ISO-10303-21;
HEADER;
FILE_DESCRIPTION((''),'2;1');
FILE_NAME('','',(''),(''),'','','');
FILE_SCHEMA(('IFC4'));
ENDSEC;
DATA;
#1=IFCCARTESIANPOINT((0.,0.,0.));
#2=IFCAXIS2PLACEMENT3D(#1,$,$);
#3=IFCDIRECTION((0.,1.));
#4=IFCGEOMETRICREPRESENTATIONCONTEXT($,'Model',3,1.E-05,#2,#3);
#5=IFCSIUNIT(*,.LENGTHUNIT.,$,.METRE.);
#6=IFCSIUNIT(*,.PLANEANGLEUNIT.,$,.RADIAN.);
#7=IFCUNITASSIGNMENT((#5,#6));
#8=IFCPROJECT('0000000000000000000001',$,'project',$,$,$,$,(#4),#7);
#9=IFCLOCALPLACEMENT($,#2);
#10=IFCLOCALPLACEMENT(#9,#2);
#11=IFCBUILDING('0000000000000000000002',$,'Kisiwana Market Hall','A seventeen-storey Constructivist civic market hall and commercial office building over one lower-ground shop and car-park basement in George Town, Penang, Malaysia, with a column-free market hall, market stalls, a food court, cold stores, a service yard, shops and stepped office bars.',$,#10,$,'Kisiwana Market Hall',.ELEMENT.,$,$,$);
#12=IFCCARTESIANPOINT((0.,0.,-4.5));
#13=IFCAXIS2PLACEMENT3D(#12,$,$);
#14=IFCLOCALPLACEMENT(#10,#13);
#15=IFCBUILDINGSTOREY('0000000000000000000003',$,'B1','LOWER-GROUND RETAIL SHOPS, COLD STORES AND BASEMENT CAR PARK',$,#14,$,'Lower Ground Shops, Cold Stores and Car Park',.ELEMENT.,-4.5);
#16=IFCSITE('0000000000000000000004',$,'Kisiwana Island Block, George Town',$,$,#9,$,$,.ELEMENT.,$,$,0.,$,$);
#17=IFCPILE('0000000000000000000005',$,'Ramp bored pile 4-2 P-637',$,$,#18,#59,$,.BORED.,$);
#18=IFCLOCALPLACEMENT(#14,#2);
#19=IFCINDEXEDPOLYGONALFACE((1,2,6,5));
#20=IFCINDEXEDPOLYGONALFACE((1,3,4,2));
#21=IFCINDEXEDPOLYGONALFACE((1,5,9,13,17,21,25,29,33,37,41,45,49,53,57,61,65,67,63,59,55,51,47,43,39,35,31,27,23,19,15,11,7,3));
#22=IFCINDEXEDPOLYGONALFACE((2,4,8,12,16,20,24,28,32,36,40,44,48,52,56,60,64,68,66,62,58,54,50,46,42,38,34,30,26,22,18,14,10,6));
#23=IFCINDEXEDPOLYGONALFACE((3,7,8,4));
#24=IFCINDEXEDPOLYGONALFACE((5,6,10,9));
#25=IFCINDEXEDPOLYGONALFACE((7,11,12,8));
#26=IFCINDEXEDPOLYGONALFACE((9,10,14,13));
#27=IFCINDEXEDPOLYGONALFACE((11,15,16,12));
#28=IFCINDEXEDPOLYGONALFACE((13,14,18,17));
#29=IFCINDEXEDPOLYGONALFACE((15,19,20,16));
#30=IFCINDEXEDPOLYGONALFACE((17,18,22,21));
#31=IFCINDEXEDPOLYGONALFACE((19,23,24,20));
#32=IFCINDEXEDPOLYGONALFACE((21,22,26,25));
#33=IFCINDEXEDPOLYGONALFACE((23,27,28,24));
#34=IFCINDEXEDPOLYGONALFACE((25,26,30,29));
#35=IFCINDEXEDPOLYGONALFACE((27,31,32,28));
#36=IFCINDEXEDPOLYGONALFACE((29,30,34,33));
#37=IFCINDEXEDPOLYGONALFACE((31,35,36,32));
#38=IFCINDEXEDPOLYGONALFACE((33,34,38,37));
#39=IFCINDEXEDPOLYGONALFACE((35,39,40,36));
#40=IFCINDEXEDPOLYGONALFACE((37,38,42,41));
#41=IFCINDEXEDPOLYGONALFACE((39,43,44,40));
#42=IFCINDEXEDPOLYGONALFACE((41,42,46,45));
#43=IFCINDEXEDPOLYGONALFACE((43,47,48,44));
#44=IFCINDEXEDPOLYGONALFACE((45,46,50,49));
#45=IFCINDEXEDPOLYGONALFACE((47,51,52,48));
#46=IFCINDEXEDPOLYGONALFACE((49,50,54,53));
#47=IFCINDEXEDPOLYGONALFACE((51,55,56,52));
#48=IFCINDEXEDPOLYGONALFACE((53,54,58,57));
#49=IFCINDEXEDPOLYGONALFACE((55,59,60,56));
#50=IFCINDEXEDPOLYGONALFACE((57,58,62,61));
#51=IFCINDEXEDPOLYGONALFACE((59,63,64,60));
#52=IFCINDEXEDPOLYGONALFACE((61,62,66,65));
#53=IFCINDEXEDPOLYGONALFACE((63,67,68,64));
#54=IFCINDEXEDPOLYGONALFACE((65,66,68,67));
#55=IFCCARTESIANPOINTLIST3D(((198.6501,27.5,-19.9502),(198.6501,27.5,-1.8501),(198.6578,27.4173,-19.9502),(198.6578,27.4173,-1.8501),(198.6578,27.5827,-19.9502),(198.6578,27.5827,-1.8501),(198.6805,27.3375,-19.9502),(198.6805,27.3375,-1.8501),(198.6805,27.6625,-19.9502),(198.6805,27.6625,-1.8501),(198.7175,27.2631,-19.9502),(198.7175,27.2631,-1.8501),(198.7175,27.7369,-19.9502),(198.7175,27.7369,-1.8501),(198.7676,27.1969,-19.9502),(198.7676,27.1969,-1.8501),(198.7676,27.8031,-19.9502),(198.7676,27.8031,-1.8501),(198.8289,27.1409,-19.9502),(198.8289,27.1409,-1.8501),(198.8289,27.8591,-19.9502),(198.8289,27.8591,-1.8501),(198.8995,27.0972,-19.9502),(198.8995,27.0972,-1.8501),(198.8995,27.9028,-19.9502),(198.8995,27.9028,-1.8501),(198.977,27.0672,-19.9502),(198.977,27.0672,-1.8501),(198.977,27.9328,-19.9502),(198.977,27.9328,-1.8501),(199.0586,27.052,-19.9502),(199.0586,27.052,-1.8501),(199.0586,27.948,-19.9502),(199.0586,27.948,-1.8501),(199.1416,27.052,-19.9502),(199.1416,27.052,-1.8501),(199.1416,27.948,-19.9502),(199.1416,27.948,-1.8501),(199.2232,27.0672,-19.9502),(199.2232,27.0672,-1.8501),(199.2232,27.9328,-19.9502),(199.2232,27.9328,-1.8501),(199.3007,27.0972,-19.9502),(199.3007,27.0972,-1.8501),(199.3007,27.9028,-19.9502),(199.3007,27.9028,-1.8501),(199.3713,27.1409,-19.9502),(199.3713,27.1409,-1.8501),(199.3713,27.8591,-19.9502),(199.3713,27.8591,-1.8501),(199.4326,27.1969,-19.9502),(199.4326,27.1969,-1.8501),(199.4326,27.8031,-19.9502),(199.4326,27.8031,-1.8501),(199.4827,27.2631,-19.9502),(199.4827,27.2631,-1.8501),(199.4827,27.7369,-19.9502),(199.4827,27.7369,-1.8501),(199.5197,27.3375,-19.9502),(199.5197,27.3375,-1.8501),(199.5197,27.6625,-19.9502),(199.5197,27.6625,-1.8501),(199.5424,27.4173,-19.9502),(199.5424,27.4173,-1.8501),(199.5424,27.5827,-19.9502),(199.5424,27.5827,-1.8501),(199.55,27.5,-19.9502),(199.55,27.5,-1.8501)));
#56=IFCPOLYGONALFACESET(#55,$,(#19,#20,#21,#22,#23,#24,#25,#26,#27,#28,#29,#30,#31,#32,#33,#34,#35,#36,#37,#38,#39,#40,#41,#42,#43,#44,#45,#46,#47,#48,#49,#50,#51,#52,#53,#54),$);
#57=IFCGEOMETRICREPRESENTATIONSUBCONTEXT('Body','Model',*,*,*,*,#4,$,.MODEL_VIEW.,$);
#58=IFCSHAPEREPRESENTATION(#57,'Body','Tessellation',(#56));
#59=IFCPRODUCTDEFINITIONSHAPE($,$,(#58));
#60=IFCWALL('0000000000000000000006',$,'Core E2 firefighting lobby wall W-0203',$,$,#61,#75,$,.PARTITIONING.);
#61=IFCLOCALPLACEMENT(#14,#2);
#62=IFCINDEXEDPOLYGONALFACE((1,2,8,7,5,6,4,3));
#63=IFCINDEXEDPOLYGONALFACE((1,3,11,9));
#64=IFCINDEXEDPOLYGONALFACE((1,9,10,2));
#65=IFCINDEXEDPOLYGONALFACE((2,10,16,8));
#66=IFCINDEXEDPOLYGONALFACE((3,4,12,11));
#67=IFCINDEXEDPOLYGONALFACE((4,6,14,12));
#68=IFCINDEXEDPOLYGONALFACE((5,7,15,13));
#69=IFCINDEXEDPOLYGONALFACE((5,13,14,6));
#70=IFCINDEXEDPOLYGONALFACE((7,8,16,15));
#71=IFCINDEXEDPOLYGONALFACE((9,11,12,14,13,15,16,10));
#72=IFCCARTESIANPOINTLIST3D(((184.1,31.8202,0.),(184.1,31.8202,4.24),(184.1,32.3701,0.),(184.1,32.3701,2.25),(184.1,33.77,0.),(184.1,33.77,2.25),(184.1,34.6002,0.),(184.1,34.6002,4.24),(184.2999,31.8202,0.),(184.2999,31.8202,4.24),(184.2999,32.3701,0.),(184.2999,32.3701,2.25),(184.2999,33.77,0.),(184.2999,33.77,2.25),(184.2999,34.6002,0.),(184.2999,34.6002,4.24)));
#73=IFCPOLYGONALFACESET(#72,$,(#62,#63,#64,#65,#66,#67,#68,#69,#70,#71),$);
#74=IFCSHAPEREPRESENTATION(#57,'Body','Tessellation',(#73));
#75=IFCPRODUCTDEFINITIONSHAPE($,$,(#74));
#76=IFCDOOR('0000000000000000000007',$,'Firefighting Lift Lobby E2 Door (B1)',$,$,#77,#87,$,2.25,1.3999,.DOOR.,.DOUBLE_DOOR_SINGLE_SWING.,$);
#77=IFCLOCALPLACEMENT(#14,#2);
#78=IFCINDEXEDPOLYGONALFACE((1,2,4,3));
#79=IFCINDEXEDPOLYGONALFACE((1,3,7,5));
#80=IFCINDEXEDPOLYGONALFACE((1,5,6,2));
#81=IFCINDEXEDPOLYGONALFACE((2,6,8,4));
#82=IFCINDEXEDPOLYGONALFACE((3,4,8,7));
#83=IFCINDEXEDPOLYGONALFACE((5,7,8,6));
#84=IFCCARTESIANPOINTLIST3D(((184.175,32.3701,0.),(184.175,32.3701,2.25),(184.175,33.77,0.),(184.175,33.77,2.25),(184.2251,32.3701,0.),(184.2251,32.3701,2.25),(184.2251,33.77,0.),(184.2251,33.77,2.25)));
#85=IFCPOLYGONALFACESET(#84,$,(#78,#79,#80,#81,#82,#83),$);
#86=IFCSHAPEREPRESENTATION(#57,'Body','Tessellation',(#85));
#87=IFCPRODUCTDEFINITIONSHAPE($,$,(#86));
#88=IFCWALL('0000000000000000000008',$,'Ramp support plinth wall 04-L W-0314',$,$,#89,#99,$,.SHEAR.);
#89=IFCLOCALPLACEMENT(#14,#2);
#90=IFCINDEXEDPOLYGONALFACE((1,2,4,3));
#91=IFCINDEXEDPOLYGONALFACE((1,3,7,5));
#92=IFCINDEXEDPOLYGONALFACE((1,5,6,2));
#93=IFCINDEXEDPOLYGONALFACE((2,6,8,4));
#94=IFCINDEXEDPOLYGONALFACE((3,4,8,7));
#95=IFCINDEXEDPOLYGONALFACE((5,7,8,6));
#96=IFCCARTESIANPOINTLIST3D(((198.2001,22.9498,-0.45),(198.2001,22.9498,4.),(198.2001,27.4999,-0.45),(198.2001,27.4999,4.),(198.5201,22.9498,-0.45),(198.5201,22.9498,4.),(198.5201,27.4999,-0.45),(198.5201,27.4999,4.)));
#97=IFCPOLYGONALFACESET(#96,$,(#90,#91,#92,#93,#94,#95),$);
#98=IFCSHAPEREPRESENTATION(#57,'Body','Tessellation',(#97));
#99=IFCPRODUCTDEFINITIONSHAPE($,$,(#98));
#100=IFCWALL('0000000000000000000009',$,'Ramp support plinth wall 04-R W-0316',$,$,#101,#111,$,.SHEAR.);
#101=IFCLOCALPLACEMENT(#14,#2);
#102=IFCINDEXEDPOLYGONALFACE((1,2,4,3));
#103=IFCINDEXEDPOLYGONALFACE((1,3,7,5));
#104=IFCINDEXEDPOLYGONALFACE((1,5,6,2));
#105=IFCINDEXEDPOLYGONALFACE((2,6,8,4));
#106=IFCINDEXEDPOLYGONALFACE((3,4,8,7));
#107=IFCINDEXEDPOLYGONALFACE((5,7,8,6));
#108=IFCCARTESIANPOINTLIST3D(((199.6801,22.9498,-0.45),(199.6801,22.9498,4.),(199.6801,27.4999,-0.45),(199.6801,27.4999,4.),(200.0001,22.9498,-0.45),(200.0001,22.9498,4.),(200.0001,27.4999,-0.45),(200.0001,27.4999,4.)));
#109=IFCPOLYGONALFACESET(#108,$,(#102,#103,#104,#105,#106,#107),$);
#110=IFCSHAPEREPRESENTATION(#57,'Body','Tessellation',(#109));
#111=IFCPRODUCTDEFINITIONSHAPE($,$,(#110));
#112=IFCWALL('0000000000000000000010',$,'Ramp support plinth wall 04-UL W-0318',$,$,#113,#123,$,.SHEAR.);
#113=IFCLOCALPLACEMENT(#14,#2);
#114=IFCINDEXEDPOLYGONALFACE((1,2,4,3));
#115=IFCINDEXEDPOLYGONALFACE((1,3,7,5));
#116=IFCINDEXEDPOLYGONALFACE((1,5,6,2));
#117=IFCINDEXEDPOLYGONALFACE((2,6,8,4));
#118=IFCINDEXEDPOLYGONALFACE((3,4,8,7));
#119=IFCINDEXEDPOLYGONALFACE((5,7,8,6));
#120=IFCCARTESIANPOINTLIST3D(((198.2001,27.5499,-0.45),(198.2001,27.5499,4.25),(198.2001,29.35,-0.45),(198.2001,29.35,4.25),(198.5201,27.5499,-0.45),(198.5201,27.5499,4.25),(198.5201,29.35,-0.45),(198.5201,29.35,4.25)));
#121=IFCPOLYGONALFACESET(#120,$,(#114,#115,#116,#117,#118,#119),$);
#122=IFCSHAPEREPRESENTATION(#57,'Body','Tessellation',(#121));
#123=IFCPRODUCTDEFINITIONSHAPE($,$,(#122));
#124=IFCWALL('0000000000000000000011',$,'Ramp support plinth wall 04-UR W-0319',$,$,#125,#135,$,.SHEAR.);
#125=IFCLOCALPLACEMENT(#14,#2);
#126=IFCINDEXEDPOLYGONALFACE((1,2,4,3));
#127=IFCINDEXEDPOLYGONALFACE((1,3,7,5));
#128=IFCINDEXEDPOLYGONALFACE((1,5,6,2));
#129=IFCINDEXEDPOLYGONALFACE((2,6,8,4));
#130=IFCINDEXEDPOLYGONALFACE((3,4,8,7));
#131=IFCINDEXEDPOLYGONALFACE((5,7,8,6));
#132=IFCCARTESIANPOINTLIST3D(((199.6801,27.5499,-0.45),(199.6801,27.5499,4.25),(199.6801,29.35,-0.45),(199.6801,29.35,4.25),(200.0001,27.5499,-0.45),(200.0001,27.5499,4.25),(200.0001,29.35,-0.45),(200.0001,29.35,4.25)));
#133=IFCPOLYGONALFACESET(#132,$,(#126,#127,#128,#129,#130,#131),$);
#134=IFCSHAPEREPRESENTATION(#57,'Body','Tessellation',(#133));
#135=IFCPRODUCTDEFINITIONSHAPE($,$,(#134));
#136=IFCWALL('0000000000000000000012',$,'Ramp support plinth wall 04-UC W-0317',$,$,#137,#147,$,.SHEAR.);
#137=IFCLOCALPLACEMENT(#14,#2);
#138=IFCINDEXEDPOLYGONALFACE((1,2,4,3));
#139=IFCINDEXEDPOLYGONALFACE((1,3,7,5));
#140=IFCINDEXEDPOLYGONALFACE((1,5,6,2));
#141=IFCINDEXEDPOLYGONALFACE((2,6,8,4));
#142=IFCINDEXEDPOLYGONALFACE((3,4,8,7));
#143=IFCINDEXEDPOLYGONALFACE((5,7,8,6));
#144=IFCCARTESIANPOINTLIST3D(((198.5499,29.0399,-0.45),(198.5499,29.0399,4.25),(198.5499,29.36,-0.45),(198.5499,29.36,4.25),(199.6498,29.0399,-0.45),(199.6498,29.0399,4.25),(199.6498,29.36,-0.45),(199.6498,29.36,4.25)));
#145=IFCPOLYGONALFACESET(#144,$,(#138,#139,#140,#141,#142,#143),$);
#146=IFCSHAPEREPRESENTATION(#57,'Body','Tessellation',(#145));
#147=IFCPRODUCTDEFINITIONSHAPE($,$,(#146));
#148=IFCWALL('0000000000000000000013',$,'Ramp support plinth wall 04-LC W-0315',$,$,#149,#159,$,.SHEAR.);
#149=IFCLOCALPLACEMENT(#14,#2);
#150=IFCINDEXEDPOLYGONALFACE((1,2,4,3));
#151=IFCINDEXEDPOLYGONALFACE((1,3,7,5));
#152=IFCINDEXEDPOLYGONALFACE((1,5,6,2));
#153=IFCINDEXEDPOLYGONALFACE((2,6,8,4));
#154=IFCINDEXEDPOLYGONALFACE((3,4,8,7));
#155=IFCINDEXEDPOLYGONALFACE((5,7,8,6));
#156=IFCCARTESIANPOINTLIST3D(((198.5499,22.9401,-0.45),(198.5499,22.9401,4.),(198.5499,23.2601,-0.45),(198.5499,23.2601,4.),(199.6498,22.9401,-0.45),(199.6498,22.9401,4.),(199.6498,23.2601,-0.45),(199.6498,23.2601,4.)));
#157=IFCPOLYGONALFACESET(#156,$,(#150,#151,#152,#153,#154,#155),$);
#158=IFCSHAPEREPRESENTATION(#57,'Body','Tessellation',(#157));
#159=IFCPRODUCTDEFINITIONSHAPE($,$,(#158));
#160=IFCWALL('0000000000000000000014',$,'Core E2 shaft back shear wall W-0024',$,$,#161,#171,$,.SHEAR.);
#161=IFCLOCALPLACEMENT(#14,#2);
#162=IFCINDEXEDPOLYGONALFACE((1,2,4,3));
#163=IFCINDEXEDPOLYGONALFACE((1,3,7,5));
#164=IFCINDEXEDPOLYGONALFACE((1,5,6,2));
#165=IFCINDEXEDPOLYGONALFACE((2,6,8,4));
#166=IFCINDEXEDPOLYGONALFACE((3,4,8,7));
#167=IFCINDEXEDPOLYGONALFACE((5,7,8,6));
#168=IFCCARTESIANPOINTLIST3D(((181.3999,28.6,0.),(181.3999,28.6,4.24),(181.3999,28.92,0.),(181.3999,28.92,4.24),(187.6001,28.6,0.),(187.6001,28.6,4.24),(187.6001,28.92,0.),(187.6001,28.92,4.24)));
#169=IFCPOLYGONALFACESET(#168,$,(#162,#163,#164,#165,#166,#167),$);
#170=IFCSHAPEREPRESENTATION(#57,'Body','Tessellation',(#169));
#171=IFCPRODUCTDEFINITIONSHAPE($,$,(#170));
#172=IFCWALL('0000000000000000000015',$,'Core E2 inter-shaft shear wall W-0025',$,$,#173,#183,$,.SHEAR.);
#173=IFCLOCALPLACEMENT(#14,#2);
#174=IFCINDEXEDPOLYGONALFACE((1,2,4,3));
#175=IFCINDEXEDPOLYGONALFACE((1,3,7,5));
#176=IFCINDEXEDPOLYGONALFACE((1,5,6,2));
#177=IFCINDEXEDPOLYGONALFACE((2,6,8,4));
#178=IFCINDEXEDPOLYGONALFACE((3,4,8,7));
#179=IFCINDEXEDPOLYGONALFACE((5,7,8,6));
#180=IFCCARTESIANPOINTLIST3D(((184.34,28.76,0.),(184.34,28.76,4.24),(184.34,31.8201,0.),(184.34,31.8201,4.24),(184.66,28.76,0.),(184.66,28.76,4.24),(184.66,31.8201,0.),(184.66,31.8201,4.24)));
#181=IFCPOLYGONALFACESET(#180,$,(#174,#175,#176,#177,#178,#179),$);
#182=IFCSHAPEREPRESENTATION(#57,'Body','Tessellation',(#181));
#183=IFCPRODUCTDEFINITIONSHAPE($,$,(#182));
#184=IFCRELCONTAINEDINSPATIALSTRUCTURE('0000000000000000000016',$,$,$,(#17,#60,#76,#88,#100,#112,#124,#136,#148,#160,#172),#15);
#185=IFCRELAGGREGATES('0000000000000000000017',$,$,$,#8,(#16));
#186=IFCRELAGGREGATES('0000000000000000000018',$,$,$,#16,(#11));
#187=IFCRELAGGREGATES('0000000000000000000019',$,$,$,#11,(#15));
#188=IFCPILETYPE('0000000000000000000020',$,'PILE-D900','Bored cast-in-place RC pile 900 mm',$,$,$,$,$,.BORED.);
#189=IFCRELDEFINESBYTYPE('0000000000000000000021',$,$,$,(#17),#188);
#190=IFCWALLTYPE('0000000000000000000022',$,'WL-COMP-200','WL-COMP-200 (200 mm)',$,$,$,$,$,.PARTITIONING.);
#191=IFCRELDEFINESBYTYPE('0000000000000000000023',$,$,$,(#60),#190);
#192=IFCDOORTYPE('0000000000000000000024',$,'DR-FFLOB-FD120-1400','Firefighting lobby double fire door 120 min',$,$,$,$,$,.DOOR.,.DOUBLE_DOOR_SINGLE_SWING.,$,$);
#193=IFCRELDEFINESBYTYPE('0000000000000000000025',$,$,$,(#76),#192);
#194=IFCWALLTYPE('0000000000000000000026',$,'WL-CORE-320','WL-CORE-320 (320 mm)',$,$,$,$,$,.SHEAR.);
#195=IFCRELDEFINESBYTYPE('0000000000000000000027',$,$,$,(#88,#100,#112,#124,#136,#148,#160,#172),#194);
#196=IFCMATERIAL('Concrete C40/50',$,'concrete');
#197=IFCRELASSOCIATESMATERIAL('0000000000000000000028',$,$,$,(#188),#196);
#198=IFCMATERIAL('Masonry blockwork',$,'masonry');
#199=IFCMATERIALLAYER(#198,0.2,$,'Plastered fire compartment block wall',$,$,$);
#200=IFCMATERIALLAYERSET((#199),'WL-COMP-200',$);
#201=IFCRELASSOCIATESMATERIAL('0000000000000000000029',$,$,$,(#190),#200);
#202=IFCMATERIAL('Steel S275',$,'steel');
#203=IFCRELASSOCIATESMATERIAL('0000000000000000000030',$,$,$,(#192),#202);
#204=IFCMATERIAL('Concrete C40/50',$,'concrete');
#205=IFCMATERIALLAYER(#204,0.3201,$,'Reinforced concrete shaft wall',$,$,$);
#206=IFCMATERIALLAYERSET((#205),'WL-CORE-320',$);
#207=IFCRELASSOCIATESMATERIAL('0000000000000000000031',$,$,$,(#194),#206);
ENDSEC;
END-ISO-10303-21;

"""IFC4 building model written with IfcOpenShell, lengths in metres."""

from ifc_helpers import new_model, si_unit, direction, frame, frame_2d, origin, origin_2d, place, context, subcontext, project, spatial, rectangle, circle, extrude, material, layer, layer_set, material_profile, profile_set, type_object, element, fill, save


model = new_model("IFC4")

# Units and contexts
model_context = context("Model", 3, precision=1e-05, world=origin(), true_north=direction((0.0, 1.0)))
body_context = subcontext(model_context, "Body", "Model", "MODEL_VIEW")
ifc_project = project(units=[si_unit("LENGTHUNIT", "METRE"), si_unit("PLANEANGLEUNIT", "RADIAN")], contexts=[model_context])

# Site, building, storey
site_placement = place(None, origin())
site = spatial("IfcSite", under=ifc_project, at=site_placement, Name="Kisiwana Island Block, George Town", CompositionType="ELEMENT", RefElevation=0.0)
building_placement = place(site_placement, origin())
building = spatial("IfcBuilding", under=site, at=building_placement, Name="Kisiwana Market Hall", Description="A seventeen-storey Constructivist civic market hall and commercial office building over one lower-ground shop and car-park basement in George Town, Penang, Malaysia, with a column-free market hall, market stalls, a food court, cold stores, a service yard, shops and stepped office bars.", LongName="Kisiwana Market Hall", CompositionType="ELEMENT")
storey_placement = place(building_placement, frame((0.0, 0.0, -4.5)))
storey = spatial("IfcBuildingStorey", under=building, at=storey_placement, Name="B1", Description="LOWER-GROUND RETAIL SHOPS, COLD STORES AND BASEMENT CAR PARK", LongName="Lower Ground Shops, Cold Stores and Car Park", CompositionType="ELEMENT", Elevation=-4.5)

# Pile
ifc_material_1 = material(Name="Concrete C40/50", Category="concrete")
ifc_material_profile_1 = material_profile(ifc_material_1, circle(Radius=0.45, at=origin_2d()), Name="BP D900")
ifc_profile_set_1 = profile_set([ifc_material_profile_1], Name="Concrete C40/50")
pile_type_1 = type_object("IfcPileType", Name="PILE-D900", Description="Bored cast-in-place RC pile 900 mm", PredefinedType="BORED", material=ifc_profile_set_1)
for number, where, z_axis, x_axis, name in (
    (1, (199.1001, 27.5, -1.8501), (0.0, 0.0, -1.0), (1.0, 0.0, 0.0), "Ramp bored pile 4-2 P-637"),
):
    element("IfcPile", number, at=place(storey_placement, frame(where, z_axis=z_axis, x_axis=x_axis)), inside=storey, type_object=pile_type_1, Name=name, PredefinedType="BORED", context=body_context, shape_type="SweptSolid", body=[
        extrude(circle(Radius=0.45, at=origin_2d()), origin(), (0.0, 0.0, 1.0), 18.1001),
    ])

# Wall, opening, door
ifc_material_2 = material(Name="Masonry blockwork", Category="masonry")
ifc_layer_1 = layer(ifc_material_2, 0.2, Name="Plastered fire compartment block wall")
ifc_layer_set_1 = layer_set([ifc_layer_1], Name="WL-COMP-200")
wall_type_1 = type_object("IfcWallType", Name="WL-COMP-200", Description="WL-COMP-200 (200 mm)", PredefinedType="PARTITIONING", material=ifc_layer_set_1)
wall_1_placement = place(storey_placement, frame((184.2, 31.8201, 0.0), z_axis=(0.0, 0.0, 1.0), x_axis=(0.0, 1.0, 0.0)))
wall_1 = element("IfcWall", 2, at=wall_1_placement, inside=storey, type_object=wall_type_1, Name="Core E2 firefighting lobby wall W-0203", PredefinedType="PARTITIONING", context=body_context, shape_type="SweptSolid", body=[
    extrude(rectangle(XDim=2.78, YDim=0.2, at=frame_2d((1.3901, 0.0))), origin(), (0.0, 0.0, 1.0), 4.24),
])
opening_1_placement = place(wall_1_placement, frame((0.55, 0.0, 0.0)))
opening_1 = element("IfcOpeningElement", 3, at=opening_1_placement, cuts=wall_1, PredefinedType="OPENING", context=body_context, shape_type="SweptSolid", body=[
    extrude(rectangle(XDim=1.3999, YDim=2.25, at=frame_2d((0.7, 1.125))), frame((0.0, 0.1118, 0.0), z_axis=(0.0, -1.0, 0.0), x_axis=(1.0, 0.0, 0.0)), (0.0, 0.0, 1.0), 0.2239),
])
ifc_material_3 = material(Name="Steel S275", Category="steel")
door_type_1 = type_object("IfcDoorType", Name="DR-FFLOB-FD120-1400", Description="Firefighting lobby double fire door 120 min", OperationType="DOUBLE_DOOR_SINGLE_SWING", PredefinedType="DOOR", material=ifc_material_3)
door_1_placement = place(opening_1_placement, origin())
door_1 = element("IfcDoor", 4, at=door_1_placement, inside=storey, type_object=door_type_1, Name="Firefighting Lift Lobby E2 Door (B1)", OperationType="DOUBLE_DOOR_SINGLE_SWING", OverallHeight=2.25, OverallWidth=1.3999, PredefinedType="DOOR", context=body_context, shape_type="SweptSolid", body=[
    extrude(rectangle(XDim=1.3999, YDim=2.25, at=frame_2d((0.7, 1.125))), frame((0.0, 0.0249, 0.0), z_axis=(0.0, -1.0, 0.0), x_axis=(1.0, 0.0, 0.0)), (0.0, 0.0, 1.0), 0.05),
])
fill(opening_1, door_1)

# Walls
ifc_material_4 = material(Name="Concrete C40/50", Category="concrete")
ifc_layer_2 = layer(ifc_material_4, 0.3201, Name="Reinforced concrete shaft wall")
ifc_layer_set_2 = layer_set([ifc_layer_2], Name="WL-CORE-320")
wall_type_2 = type_object("IfcWallType", Name="WL-CORE-320", Description="WL-CORE-320 (320 mm)", PredefinedType="SHEAR", material=ifc_layer_set_2)
for number, where, z_axis, x_axis, name in (
    (5, (198.3601, 22.95, -0.45), (0.0, 0.0, 1.0), (0.0, 1.0, 0.0), "Ramp support plinth wall 04-L W-0314"),
    (6, (199.8401, 22.95, -0.45), (0.0, 0.0, 1.0), (0.0, 1.0, 0.0), "Ramp support plinth wall 04-R W-0316"),
):
    element("IfcWall", number, at=place(storey_placement, frame(where, z_axis=z_axis, x_axis=x_axis)), inside=storey, type_object=wall_type_2, Name=name, PredefinedType="SHEAR", context=body_context, shape_type="SweptSolid", body=[
        extrude(rectangle(XDim=4.55, YDim=0.3201, at=frame_2d((2.2749, 0.0))), origin(), (0.0, 0.0, 1.0), 4.45),
    ])
for number, where, z_axis, x_axis, name in (
    (7, (198.3601, 27.55, -0.45), (0.0, 0.0, 1.0), (0.0, 1.0, 0.0), "Ramp support plinth wall 04-UL W-0318"),
    (8, (199.8401, 27.55, -0.45), (0.0, 0.0, 1.0), (0.0, 1.0, 0.0), "Ramp support plinth wall 04-UR W-0319"),
):
    element("IfcWall", number, at=place(storey_placement, frame(where, z_axis=z_axis, x_axis=x_axis)), inside=storey, type_object=wall_type_2, Name=name, PredefinedType="SHEAR", context=body_context, shape_type="SweptSolid", body=[
        extrude(rectangle(XDim=1.8, YDim=0.3201, at=frame_2d((0.8999, 0.0))), origin(), (0.0, 0.0, 1.0), 4.7),
    ])
wall_2_placement = place(storey_placement, frame((198.55, 29.2, -0.45), z_axis=(0.0, 0.0, 1.0), x_axis=(1.0, 0.0, 0.0)))
element("IfcWall", 9, at=wall_2_placement, inside=storey, type_object=wall_type_2, Name="Ramp support plinth wall 04-UC W-0317", PredefinedType="SHEAR", context=body_context, shape_type="SweptSolid", body=[
    extrude(rectangle(XDim=1.0999, YDim=0.3201, at=frame_2d((0.5498, 0.0))), origin(), (0.0, 0.0, 1.0), 4.7),
])
wall_3_placement = place(storey_placement, frame((198.55, 23.1001, -0.45), z_axis=(0.0, 0.0, 1.0), x_axis=(1.0, 0.0, 0.0)))
element("IfcWall", 10, at=wall_3_placement, inside=storey, type_object=wall_type_2, Name="Ramp support plinth wall 04-LC W-0315", PredefinedType="SHEAR", context=body_context, shape_type="SweptSolid", body=[
    extrude(rectangle(XDim=1.0999, YDim=0.3201, at=frame_2d((0.5498, 0.0))), origin(), (0.0, 0.0, 1.0), 4.45),
])
wall_4_placement = place(storey_placement, frame((181.3999, 28.76, 0.0), z_axis=(0.0, 0.0, 1.0), x_axis=(1.0, 0.0, 0.0)))
element("IfcWall", 11, at=wall_4_placement, inside=storey, type_object=wall_type_2, Name="Core E2 shaft back shear wall W-0024", PredefinedType="SHEAR", context=body_context, shape_type="SweptSolid", body=[
    extrude(rectangle(XDim=6.2002, YDim=0.3201, at=frame_2d((3.1001, 0.0))), origin(), (0.0, 0.0, 1.0), 4.24),
])
wall_5_placement = place(storey_placement, frame((184.5, 28.76, 0.0), z_axis=(0.0, 0.0, 1.0), x_axis=(0.0, 1.0, 0.0)))
element("IfcWall", 12, at=wall_5_placement, inside=storey, type_object=wall_type_2, Name="Core E2 inter-shaft shear wall W-0025", PredefinedType="SHEAR", context=body_context, shape_type="SweptSolid", body=[
    extrude(rectangle(XDim=3.0601, YDim=0.3201, at=frame_2d((1.53, 0.0))), origin(), (0.0, 0.0, 1.0), 4.24),
])

save(model, "model.ifc")
